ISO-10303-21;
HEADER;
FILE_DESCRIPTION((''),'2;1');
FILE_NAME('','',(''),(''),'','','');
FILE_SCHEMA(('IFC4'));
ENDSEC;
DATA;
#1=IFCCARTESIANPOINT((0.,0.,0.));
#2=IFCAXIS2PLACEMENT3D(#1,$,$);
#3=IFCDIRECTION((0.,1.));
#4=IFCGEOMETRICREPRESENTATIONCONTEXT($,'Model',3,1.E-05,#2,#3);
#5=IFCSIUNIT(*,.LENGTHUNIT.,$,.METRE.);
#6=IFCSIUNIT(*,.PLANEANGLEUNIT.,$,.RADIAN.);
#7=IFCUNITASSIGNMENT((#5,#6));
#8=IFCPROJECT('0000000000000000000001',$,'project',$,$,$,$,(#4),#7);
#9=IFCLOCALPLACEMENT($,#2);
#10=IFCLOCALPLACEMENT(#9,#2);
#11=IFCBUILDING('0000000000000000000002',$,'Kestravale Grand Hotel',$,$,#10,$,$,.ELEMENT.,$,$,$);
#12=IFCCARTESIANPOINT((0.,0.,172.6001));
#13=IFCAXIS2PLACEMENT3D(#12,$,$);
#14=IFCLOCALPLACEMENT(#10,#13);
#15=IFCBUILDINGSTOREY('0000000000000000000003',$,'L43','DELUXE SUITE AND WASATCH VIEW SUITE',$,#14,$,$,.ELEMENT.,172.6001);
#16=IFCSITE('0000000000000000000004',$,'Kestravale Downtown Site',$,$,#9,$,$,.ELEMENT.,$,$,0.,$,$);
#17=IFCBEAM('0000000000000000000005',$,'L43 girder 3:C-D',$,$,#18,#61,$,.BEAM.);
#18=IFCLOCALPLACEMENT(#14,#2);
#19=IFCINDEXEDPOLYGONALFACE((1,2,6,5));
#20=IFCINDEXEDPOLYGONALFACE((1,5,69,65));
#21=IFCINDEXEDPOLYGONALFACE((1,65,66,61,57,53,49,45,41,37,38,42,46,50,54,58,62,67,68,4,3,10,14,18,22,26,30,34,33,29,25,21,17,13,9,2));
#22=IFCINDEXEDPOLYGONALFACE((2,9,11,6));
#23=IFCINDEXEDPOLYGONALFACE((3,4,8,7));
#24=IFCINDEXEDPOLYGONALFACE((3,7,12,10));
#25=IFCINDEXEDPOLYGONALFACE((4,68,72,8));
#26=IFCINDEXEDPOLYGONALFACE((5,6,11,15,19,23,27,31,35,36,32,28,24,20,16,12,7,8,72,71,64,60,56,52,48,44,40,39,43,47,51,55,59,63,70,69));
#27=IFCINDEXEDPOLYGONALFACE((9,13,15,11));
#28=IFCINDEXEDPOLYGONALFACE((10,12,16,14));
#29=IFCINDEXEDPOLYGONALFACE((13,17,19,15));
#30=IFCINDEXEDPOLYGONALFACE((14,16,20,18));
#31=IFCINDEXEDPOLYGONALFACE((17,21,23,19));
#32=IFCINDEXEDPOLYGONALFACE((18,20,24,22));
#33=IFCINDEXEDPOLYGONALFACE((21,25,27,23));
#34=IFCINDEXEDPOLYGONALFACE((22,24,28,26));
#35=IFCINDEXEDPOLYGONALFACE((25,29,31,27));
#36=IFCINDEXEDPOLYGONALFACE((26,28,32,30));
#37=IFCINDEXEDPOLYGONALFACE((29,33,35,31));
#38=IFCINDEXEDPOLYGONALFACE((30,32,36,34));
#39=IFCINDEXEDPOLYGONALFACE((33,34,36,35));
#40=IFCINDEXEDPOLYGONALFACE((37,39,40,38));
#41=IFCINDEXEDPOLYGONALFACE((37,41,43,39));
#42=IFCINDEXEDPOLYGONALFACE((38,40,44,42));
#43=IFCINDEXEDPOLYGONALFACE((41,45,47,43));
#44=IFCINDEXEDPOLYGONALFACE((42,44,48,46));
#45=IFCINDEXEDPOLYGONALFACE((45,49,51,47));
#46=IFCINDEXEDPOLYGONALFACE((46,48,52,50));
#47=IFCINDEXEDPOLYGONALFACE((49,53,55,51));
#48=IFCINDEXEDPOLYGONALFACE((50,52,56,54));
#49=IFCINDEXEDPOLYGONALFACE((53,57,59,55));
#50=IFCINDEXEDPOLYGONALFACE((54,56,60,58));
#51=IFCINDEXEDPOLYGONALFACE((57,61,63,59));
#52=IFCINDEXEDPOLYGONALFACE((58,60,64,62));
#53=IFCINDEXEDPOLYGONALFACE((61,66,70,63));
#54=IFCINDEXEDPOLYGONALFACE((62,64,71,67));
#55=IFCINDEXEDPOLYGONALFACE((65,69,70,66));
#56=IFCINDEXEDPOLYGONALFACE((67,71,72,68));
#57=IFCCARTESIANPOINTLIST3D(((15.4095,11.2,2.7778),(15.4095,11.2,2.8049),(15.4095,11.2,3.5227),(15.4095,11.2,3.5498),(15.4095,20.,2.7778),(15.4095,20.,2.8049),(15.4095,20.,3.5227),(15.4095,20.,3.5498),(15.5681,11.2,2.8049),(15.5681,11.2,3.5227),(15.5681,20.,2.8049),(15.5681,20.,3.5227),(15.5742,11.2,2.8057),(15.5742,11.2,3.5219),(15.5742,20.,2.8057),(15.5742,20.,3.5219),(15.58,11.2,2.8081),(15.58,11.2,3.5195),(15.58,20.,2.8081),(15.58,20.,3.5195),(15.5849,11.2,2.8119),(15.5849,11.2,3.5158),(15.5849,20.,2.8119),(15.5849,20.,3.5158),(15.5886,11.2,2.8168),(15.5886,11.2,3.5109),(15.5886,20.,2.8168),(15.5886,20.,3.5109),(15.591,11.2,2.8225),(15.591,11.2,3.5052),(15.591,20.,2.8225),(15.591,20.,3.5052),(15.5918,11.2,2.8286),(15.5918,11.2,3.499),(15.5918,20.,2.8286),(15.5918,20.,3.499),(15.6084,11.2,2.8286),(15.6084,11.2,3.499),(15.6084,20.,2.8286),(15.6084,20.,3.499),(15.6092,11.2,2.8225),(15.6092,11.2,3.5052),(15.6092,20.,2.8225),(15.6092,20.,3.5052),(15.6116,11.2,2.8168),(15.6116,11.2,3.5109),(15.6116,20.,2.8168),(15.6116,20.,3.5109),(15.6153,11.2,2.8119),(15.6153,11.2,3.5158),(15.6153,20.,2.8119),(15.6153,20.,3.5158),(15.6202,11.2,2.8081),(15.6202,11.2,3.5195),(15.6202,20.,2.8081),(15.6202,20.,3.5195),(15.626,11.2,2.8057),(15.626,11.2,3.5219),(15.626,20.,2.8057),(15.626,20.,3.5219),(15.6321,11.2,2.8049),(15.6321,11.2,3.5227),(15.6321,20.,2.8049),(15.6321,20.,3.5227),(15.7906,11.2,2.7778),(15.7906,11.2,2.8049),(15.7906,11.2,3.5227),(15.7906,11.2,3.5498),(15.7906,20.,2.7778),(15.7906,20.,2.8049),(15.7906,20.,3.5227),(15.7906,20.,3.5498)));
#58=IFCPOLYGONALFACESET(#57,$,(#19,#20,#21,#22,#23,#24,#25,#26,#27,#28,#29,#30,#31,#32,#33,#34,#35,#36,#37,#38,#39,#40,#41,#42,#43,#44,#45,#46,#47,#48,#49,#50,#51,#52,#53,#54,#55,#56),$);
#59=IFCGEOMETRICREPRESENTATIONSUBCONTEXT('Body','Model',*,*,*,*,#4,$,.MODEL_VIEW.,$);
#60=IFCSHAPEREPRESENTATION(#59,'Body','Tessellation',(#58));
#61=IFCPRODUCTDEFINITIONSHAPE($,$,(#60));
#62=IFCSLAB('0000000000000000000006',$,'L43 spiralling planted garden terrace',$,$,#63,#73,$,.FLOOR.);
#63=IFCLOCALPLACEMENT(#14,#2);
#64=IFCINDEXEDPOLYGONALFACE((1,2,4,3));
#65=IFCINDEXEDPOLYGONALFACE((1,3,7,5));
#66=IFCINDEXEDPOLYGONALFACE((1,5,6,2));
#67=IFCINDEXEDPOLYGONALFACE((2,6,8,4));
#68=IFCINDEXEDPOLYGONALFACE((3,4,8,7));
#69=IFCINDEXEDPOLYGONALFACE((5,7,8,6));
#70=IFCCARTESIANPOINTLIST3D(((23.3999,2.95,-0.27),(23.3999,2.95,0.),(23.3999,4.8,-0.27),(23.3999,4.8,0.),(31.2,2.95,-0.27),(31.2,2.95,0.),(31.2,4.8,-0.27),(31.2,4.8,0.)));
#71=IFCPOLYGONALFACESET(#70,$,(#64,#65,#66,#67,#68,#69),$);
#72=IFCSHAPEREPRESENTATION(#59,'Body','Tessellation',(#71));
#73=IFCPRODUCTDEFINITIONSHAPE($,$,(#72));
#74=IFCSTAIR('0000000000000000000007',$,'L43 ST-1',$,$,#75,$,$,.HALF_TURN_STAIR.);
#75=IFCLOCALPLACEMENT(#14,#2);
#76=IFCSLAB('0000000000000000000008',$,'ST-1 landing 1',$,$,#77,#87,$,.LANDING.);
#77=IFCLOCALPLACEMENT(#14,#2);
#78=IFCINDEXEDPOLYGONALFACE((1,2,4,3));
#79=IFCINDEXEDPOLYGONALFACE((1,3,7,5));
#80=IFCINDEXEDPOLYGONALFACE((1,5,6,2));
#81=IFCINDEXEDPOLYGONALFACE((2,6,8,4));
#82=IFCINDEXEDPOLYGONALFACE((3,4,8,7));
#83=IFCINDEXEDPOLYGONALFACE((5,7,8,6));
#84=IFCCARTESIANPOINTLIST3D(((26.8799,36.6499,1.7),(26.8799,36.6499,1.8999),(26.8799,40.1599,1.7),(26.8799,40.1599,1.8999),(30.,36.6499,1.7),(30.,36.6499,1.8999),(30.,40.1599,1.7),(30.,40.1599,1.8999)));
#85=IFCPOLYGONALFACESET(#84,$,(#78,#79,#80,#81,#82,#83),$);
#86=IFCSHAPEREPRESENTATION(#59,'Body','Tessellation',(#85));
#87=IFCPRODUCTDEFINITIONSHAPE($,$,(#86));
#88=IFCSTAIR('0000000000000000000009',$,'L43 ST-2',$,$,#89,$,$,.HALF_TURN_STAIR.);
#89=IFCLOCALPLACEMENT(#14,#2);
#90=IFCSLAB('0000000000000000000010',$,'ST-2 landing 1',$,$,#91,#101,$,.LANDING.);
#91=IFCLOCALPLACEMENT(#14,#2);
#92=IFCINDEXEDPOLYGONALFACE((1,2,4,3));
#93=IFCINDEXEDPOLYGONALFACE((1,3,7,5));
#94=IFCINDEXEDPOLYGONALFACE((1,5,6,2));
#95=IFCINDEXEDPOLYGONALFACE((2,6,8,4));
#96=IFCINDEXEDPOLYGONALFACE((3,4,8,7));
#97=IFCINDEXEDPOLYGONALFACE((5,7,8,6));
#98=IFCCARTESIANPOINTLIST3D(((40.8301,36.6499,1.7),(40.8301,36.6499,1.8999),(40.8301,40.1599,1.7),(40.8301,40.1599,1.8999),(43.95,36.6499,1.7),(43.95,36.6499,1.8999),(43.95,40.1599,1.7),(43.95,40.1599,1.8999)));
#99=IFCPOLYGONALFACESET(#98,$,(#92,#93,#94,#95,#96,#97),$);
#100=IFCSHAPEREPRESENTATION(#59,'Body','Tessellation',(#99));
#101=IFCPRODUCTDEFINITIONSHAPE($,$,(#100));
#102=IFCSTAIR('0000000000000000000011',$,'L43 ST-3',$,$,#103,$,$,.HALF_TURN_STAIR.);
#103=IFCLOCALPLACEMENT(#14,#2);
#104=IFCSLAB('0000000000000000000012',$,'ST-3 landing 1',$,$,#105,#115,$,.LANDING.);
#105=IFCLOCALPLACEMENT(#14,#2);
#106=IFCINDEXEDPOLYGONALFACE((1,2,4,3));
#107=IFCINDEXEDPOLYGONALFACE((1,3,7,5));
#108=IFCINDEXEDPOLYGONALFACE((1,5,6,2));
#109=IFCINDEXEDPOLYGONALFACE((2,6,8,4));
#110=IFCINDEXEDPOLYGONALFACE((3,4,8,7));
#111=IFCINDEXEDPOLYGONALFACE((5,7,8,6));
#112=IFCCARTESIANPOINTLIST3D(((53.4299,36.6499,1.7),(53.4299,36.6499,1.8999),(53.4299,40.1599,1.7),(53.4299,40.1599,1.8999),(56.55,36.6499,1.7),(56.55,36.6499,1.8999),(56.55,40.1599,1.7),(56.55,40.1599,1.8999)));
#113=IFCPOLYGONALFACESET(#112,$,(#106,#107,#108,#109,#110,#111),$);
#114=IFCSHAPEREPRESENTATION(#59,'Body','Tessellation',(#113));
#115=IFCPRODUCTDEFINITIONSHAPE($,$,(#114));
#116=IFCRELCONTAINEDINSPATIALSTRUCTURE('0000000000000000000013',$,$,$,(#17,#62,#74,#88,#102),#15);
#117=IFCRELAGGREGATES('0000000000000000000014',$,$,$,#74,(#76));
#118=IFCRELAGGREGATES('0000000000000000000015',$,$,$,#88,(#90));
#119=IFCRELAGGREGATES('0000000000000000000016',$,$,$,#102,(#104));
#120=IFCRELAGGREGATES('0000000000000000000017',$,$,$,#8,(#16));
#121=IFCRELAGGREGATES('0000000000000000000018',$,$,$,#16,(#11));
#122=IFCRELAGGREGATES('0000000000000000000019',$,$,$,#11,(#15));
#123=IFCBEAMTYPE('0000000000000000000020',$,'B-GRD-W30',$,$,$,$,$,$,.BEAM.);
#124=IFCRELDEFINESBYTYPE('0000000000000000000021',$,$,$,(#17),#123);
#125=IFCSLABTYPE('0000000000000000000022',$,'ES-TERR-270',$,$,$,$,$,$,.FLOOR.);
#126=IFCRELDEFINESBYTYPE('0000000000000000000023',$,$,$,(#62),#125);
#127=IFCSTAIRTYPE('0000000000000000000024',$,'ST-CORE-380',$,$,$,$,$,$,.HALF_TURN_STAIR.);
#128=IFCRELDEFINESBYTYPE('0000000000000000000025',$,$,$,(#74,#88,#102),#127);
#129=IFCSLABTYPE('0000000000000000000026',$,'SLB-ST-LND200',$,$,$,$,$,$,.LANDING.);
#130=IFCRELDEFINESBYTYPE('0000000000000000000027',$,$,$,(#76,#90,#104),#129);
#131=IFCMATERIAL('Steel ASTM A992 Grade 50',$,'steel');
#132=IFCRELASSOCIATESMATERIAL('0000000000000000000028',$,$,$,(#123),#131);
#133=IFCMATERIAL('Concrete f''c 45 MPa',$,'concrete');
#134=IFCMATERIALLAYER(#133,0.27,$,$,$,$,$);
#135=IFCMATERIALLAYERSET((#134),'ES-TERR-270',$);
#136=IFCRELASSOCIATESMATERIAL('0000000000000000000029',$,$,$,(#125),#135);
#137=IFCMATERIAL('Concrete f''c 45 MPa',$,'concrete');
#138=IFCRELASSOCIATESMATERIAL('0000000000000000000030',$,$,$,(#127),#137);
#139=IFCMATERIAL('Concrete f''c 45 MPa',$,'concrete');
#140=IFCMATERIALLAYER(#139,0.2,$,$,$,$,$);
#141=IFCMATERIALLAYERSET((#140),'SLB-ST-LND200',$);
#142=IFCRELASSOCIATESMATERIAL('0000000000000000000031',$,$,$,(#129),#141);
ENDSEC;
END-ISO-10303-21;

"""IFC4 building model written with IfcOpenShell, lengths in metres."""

from ifc_helpers import new_model, si_unit, direction, frame, origin, origin_2d, place, context, subcontext, project, spatial, polyline, i_section, outline, extrude, material, layer, layer_set, material_profile, profile_set, type_object, element, aggregate, save


model = new_model("IFC4")

# Units and contexts
model_context = context("Model", 3, precision=1e-05, world=origin(), true_north=direction((0.0, 1.0)))
body_context = subcontext(model_context, "Body", "Model", "MODEL_VIEW")
ifc_project = project(units=[si_unit("LENGTHUNIT", "METRE"), si_unit("PLANEANGLEUNIT", "RADIAN")], contexts=[model_context])

# Site, building, storey
site_placement = place(None, origin())
site = spatial("IfcSite", under=ifc_project, at=site_placement, Name="Kestravale Downtown Site", CompositionType="ELEMENT", RefElevation=0.0)
building_placement = place(site_placement, origin())
building = spatial("IfcBuilding", under=site, at=building_placement, Name="Kestravale Grand Hotel", CompositionType="ELEMENT")
storey_placement = place(building_placement, frame((0.0, 0.0, 172.6001)))
storey = spatial("IfcBuildingStorey", under=building, at=storey_placement, Name="L43", Description="DELUXE SUITE AND WASATCH VIEW SUITE", CompositionType="ELEMENT", Elevation=172.6001)

# Beam
ifc_material_1 = material(Name="Steel ASTM A992 Grade 50", Category="steel")
ifc_material_profile_1 = material_profile(ifc_material_1, i_section(OverallWidth=0.3811, OverallDepth=0.772, WebThickness=0.0166, FlangeThickness=0.0271, FilletRadius=0.0237, at=origin_2d()))
ifc_profile_set_1 = profile_set([ifc_material_profile_1], Name="Steel ASTM A992 Grade 50")
beam_type_1 = type_object("IfcBeamType", Name="B-GRD-W30", PredefinedType="BEAM", material=ifc_profile_set_1)
beam_1_placement = place(storey_placement, frame((15.6001, 11.2, 3.1638), z_axis=(0.0, 1.0, 0.0), x_axis=(-1.0, 0.0, 0.0)))
element("IfcBeam", 1, at=beam_1_placement, inside=storey, type_object=beam_type_1, Name="L43 girder 3:C-D", PredefinedType="BEAM", context=body_context, shape_type="SweptSolid", body=[
    extrude(i_section(OverallWidth=0.3811, OverallDepth=0.772, WebThickness=0.0166, FlangeThickness=0.0271, FilletRadius=0.0237, at=origin_2d()), origin(), (0.0, 0.0, 1.0), 8.8),
])

# Slab
ifc_material_2 = material(Name="Concrete f'c 45 MPa", Category="concrete")
ifc_layer_1 = layer(ifc_material_2, 0.27)
ifc_layer_set_1 = layer_set([ifc_layer_1], Name="ES-TERR-270")
slab_type_1 = type_object("IfcSlabType", Name="ES-TERR-270", PredefinedType="FLOOR", material=ifc_layer_set_1)
slab_1_placement = place(storey_placement, frame((0.0, 0.0, -0.27)))
element("IfcSlab", 2, at=slab_1_placement, inside=storey, type_object=slab_type_1, Name="L43 spiralling planted garden terrace", PredefinedType="FLOOR", context=body_context, shape_type="SweptSolid", body=[
    extrude(outline(polyline([(23.3999, 2.95), (31.2, 2.95), (31.2, 4.8), (23.3999, 4.8), (23.3999, 2.95)])), origin(), (0.0, 0.0, 1.0), 0.27),
])

# Stairs, slabs
ifc_material_3 = material(Name="Concrete f'c 45 MPa", Category="concrete")
stair_type = type_object("IfcStairType", Name="ST-CORE-380", PredefinedType="HALF_TURN_STAIR", material=ifc_material_3)
stair_1_placement = place(storey_placement, origin())
stair_1 = element("IfcStair", 3, at=stair_1_placement, inside=storey, type_object=stair_type, Name="L43 ST-1", PredefinedType="HALF_TURN_STAIR")
ifc_material_4 = material(Name="Concrete f'c 45 MPa", Category="concrete")
ifc_layer_2 = layer(ifc_material_4, 0.2)
ifc_layer_set_2 = layer_set([ifc_layer_2], Name="SLB-ST-LND200")
slab_type_2 = type_object("IfcSlabType", Name="SLB-ST-LND200", PredefinedType="LANDING", material=ifc_layer_set_2)
slab_2_placement = place(storey_placement, frame((0.0, 0.0, 1.7)))
slab_2 = element("IfcSlab", 4, at=slab_2_placement, type_object=slab_type_2, Name="ST-1 landing 1", PredefinedType="LANDING", context=body_context, shape_type="SweptSolid", body=[
    extrude(outline(polyline([(26.8799, 36.6499), (30.0, 36.6499), (30.0, 40.1599), (26.8799, 40.1599), (26.8799, 36.6499)])), origin(), (0.0, 0.0, 1.0), 0.2),
])
aggregate(stair_1, [slab_2])
stair_2_placement = place(storey_placement, origin())
stair_2 = element("IfcStair", 5, at=stair_2_placement, inside=storey, type_object=stair_type, Name="L43 ST-2", PredefinedType="HALF_TURN_STAIR")
slab_3_placement = place(storey_placement, frame((0.0, 0.0, 1.7)))
slab_3 = element("IfcSlab", 6, at=slab_3_placement, type_object=slab_type_2, Name="ST-2 landing 1", PredefinedType="LANDING", context=body_context, shape_type="SweptSolid", body=[
    extrude(outline(polyline([(40.8301, 36.6499), (43.95, 36.6499), (43.95, 40.1599), (40.8301, 40.1599), (40.8301, 36.6499)])), origin(), (0.0, 0.0, 1.0), 0.2),
])
aggregate(stair_2, [slab_3])
stair_3_placement = place(storey_placement, origin())
stair_3 = element("IfcStair", 7, at=stair_3_placement, inside=storey, type_object=stair_type, Name="L43 ST-3", PredefinedType="HALF_TURN_STAIR")
slab_4_placement = place(storey_placement, frame((0.0, 0.0, 1.7)))
slab_4 = element("IfcSlab", 8, at=slab_4_placement, type_object=slab_type_2, Name="ST-3 landing 1", PredefinedType="LANDING", context=body_context, shape_type="SweptSolid", body=[
    extrude(outline(polyline([(53.4299, 36.6499), (56.55, 36.6499), (56.55, 40.1599), (53.4299, 40.1599), (53.4299, 36.6499)])), origin(), (0.0, 0.0, 1.0), 0.2),
])
aggregate(stair_3, [slab_4])

save(model, "model.ifc")
